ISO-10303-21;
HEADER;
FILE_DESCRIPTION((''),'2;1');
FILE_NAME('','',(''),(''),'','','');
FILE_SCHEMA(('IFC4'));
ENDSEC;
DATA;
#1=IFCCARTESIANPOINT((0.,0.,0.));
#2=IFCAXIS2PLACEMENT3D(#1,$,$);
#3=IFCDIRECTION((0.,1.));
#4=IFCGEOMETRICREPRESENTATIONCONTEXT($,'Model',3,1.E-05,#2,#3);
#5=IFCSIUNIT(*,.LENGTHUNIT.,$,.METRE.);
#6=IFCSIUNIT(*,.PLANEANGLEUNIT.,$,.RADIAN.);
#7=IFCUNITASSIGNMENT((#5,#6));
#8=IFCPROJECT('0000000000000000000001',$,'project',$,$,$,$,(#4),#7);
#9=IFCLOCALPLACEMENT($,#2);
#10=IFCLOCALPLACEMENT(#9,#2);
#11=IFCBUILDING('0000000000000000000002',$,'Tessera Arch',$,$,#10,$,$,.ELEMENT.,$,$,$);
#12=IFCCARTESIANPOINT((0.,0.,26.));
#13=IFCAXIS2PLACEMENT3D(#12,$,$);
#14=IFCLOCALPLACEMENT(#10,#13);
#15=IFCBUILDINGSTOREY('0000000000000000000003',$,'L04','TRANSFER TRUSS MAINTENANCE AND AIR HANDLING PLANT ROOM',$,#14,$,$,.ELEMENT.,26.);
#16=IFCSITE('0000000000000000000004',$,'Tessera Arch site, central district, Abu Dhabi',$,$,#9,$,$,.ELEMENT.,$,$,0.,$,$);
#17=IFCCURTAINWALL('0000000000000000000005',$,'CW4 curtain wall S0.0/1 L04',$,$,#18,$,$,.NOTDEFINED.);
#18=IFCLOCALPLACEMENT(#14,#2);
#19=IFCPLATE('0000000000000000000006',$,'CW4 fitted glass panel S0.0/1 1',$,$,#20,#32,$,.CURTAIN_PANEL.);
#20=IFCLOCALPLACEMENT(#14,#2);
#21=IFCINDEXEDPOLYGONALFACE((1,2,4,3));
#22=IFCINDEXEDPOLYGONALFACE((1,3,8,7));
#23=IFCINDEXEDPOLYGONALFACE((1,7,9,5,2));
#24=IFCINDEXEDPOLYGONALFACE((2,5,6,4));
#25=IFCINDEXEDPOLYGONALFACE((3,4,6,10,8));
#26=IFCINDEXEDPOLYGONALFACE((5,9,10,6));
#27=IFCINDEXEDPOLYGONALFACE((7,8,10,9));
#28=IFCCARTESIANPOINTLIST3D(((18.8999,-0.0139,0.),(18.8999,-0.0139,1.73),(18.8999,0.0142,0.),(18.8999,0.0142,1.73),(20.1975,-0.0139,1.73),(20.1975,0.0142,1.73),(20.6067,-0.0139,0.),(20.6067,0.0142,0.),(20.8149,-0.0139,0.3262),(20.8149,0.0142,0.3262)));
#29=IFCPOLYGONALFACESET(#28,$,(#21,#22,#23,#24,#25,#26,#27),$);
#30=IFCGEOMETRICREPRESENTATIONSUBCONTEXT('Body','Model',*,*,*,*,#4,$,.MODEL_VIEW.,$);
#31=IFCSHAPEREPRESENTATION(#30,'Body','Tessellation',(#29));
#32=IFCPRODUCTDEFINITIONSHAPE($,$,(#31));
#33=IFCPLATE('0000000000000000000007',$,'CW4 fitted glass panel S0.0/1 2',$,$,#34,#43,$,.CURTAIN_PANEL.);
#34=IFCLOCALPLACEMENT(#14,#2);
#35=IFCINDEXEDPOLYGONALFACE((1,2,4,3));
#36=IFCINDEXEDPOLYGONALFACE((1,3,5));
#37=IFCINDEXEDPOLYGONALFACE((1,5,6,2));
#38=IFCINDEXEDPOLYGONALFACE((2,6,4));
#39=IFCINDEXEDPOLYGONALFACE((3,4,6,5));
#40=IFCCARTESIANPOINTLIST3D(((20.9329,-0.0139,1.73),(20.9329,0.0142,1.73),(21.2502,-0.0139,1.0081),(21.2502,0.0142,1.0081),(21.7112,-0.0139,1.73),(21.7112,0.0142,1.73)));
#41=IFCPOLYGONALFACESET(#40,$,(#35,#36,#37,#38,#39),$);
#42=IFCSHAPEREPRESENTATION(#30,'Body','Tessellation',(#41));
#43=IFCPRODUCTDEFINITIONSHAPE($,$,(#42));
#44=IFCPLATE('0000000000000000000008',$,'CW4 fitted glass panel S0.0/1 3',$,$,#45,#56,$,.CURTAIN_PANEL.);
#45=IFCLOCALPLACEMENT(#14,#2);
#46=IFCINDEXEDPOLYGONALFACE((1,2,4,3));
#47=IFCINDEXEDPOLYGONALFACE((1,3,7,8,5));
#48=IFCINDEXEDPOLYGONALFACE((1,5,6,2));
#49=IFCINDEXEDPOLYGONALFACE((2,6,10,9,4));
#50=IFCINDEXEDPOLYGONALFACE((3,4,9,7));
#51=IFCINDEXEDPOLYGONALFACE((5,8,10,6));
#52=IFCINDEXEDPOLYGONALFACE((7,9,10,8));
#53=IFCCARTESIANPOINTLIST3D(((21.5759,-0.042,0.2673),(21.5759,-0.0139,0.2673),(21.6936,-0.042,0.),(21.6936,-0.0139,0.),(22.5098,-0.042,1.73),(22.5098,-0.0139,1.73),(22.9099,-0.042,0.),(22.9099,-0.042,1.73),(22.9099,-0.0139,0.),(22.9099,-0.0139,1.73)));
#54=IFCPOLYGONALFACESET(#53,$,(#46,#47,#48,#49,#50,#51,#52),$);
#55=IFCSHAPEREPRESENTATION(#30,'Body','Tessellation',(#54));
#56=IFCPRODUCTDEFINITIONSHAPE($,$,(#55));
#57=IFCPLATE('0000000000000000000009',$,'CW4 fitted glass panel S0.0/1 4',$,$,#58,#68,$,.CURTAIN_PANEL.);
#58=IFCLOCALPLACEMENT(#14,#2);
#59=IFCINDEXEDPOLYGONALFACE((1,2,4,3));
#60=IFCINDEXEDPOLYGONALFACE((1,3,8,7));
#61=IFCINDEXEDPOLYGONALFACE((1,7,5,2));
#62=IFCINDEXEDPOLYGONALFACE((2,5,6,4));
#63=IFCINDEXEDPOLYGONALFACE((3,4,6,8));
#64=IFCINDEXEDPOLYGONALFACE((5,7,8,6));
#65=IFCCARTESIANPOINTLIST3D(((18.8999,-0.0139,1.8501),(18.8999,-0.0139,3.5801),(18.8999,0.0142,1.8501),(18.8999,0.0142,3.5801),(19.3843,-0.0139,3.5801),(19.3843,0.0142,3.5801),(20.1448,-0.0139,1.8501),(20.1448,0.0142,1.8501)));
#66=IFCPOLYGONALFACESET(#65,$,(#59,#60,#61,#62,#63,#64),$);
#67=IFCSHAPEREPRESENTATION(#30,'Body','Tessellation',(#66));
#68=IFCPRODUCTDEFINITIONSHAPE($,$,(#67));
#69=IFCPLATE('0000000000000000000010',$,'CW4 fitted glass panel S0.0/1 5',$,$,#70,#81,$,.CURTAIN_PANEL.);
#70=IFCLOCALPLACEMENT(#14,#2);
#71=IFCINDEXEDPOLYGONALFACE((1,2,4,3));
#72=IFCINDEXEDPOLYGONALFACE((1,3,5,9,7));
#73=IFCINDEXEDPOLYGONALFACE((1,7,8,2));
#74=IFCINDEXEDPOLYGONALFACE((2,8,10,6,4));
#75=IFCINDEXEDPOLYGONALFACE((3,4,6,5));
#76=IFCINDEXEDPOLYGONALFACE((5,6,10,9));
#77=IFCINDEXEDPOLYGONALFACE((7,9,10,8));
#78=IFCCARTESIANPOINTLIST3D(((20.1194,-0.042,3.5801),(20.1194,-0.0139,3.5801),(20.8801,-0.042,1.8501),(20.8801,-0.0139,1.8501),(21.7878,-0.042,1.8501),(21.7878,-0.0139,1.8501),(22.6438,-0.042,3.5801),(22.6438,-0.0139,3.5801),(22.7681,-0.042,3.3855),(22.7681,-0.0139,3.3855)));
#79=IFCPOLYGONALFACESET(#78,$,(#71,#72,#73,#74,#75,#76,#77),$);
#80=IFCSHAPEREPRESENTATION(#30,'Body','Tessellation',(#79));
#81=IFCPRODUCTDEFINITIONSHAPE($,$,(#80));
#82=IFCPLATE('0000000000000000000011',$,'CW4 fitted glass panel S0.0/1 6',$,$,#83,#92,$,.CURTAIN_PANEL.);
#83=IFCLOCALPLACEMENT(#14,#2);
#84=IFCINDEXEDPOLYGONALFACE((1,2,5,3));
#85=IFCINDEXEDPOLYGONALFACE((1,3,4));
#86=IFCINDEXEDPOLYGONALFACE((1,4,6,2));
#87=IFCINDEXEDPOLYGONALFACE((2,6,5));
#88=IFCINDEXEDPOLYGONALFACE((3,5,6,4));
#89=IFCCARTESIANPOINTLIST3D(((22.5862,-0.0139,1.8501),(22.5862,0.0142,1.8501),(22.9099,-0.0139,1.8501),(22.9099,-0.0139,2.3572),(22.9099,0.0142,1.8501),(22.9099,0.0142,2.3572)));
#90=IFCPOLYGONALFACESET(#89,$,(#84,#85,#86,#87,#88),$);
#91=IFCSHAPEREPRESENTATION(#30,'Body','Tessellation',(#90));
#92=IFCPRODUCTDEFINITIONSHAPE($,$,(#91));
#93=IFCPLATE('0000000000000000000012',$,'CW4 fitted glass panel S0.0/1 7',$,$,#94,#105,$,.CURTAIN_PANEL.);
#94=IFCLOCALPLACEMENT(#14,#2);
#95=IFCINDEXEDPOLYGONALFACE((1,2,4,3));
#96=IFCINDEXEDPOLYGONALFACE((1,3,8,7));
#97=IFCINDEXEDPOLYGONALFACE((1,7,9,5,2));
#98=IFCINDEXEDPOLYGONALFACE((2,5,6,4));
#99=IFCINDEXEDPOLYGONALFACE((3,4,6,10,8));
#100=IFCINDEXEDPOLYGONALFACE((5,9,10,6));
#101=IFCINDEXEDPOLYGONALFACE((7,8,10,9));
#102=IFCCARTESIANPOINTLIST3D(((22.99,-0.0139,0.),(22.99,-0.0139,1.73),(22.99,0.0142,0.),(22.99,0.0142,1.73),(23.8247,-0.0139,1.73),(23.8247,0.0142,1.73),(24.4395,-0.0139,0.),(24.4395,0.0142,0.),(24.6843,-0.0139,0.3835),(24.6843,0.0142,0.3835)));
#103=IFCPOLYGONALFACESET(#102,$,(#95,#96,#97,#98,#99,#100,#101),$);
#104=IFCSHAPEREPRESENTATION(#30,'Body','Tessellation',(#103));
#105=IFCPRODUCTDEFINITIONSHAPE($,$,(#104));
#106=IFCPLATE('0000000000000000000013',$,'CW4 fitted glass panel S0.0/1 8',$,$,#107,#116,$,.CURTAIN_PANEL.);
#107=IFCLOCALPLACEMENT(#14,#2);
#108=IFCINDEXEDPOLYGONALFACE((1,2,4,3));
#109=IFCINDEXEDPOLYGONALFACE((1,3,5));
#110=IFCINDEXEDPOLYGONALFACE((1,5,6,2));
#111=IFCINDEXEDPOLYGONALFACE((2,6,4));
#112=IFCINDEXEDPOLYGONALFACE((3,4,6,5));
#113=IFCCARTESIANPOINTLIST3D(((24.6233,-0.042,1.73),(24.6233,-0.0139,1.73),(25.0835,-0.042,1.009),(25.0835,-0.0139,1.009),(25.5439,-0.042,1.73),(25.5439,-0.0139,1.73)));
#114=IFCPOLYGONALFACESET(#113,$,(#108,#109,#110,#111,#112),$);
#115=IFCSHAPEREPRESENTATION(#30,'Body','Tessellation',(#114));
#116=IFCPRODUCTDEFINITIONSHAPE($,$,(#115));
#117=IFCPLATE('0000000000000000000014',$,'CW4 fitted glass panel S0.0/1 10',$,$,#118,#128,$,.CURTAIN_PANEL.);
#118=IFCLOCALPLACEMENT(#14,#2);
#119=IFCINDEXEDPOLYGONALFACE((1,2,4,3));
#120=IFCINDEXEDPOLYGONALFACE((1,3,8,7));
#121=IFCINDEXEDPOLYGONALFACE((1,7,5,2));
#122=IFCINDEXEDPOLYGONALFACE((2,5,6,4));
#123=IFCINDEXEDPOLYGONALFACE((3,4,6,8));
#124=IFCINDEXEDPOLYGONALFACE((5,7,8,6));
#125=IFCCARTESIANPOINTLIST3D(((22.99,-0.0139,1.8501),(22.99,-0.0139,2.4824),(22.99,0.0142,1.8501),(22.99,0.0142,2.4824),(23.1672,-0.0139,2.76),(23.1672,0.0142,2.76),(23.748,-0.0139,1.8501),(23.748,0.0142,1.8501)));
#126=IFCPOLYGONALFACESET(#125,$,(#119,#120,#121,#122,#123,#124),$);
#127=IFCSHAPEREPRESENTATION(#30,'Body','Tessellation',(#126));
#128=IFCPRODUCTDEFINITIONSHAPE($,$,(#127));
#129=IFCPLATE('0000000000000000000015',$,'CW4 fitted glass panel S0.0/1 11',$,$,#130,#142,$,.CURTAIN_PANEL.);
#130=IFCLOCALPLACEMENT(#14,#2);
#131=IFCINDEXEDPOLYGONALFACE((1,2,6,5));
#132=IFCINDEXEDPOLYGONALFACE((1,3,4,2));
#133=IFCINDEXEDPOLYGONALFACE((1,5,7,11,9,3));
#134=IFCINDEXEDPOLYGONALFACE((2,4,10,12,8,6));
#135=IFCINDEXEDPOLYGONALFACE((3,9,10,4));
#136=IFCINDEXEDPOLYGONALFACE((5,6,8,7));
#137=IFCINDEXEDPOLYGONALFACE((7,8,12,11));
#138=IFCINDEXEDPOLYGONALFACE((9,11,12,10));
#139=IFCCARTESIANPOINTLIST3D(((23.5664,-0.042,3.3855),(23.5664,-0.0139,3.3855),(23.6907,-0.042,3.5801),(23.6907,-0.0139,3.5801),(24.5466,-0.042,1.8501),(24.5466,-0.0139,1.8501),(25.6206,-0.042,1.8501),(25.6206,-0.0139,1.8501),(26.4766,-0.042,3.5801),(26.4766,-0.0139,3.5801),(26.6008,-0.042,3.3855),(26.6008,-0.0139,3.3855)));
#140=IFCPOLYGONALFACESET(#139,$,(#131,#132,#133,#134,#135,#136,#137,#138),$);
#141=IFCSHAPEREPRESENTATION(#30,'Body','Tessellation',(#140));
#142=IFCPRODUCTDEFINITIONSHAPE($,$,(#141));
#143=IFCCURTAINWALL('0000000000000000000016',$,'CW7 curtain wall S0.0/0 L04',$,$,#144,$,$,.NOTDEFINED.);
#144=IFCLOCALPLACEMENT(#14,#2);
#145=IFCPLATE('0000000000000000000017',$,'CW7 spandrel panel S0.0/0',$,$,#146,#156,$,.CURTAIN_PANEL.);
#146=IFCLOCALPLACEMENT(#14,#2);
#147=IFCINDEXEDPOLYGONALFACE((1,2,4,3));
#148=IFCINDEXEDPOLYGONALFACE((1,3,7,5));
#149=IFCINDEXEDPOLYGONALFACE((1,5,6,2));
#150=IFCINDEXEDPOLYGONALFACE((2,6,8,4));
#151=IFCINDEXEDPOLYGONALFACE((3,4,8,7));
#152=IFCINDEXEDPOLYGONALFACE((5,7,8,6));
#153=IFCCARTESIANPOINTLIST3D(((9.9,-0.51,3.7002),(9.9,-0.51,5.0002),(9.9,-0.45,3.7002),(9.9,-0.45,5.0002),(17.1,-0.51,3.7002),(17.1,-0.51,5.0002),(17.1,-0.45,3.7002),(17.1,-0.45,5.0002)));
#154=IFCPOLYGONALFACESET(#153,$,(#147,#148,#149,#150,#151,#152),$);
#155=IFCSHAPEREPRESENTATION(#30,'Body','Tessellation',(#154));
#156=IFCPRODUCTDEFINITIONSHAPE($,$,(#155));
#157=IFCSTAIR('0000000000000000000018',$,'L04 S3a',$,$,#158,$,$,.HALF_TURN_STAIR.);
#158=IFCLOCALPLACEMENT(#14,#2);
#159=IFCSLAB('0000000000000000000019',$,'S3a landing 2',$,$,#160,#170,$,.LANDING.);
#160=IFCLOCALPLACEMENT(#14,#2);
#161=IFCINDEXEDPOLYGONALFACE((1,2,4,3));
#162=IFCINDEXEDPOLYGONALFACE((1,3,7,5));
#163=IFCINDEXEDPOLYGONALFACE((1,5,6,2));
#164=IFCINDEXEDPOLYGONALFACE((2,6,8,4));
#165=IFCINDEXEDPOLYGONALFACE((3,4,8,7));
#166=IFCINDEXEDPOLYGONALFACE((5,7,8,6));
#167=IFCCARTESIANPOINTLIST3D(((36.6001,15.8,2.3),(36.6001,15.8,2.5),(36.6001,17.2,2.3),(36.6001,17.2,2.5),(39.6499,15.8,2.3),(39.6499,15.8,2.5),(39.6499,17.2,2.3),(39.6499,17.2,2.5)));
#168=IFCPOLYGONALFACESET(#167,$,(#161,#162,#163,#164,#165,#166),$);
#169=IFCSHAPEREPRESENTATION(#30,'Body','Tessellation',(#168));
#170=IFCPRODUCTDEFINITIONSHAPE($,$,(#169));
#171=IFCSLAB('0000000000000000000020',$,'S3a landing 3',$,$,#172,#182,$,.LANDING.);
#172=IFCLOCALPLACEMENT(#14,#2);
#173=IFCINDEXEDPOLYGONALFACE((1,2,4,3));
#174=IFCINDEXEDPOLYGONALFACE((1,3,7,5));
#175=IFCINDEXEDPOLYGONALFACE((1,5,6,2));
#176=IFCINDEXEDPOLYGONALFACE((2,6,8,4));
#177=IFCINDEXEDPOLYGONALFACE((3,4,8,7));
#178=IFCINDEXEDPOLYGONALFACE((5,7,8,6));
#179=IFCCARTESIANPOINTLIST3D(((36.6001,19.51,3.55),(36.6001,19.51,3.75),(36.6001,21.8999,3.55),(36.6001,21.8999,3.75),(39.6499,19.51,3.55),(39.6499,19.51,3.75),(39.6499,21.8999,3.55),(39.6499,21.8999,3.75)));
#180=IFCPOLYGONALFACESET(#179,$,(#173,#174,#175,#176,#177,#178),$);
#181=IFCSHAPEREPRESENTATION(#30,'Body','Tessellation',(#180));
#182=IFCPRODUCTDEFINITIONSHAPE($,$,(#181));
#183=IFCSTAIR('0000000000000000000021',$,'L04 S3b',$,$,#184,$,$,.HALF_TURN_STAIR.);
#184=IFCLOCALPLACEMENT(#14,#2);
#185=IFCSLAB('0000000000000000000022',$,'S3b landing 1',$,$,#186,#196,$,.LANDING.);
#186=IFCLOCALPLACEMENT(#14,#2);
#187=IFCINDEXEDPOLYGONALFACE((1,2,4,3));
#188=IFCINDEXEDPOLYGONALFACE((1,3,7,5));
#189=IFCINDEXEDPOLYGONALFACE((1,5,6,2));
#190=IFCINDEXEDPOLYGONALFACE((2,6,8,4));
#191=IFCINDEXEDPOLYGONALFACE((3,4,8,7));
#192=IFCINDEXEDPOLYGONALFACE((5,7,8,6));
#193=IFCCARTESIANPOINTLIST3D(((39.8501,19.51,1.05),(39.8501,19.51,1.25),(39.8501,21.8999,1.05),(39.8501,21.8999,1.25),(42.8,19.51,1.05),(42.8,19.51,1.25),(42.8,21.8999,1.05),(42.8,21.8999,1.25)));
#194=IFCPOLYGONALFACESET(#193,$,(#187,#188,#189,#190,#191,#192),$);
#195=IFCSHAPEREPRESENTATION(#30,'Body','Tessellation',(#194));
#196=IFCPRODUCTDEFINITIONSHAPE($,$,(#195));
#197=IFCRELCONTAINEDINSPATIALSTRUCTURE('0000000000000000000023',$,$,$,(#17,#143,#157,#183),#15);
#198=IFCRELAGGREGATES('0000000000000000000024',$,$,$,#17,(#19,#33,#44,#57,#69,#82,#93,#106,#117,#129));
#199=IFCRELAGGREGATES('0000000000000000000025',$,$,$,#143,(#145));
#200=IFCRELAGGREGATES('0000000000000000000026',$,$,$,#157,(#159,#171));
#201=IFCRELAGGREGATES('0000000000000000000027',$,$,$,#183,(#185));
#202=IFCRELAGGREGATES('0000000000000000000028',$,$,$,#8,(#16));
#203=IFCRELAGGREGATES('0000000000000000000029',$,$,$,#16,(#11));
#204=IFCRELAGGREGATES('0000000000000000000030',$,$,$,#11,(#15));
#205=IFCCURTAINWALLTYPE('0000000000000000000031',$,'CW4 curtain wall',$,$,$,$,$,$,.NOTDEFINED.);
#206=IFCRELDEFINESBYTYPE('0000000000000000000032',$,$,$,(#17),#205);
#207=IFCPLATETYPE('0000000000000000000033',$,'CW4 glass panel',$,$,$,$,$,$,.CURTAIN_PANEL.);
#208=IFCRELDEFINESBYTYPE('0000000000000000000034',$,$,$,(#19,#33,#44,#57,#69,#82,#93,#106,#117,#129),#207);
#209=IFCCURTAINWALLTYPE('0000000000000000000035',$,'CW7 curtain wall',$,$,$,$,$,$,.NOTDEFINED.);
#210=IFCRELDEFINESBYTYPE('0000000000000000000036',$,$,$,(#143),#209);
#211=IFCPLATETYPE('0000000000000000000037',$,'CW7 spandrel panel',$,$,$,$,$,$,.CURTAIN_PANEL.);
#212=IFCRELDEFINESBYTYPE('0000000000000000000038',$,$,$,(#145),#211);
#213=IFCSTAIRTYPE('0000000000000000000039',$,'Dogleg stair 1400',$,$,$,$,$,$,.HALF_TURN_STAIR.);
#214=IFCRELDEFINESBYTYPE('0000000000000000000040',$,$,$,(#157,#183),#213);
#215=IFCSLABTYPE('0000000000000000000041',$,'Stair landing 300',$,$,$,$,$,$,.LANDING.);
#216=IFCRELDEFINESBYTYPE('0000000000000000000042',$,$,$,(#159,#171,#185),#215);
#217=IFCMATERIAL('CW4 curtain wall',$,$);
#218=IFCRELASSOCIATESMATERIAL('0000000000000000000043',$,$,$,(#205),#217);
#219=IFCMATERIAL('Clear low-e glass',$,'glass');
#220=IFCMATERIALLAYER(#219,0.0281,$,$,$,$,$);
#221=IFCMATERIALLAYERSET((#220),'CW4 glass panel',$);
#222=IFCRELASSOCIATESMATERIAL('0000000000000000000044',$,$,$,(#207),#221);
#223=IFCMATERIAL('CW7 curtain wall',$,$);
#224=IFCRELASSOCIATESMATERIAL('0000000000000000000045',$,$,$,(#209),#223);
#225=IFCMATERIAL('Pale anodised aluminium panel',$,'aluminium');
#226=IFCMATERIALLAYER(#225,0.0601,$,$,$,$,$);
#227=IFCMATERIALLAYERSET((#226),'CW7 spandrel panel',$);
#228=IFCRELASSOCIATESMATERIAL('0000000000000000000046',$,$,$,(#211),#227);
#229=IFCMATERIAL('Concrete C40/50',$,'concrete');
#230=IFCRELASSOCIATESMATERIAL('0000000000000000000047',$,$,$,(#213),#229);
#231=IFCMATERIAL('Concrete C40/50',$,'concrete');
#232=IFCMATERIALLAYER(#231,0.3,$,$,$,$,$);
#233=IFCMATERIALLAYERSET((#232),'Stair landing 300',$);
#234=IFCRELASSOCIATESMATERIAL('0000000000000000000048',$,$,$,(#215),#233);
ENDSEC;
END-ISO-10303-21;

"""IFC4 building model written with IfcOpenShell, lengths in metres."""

from ifc_helpers import new_model, si_unit, direction, frame, origin, origin_2d, place, context, subcontext, project, spatial, polyline, rectangle, outline, extrude, material, layer, layer_set, type_object, element, aggregate, save


model = new_model("IFC4")

# Units and contexts
model_context = context("Model", 3, precision=1e-05, world=origin(), true_north=direction((0.0, 1.0)))
body_context = subcontext(model_context, "Body", "Model", "MODEL_VIEW")
ifc_project = project(units=[si_unit("LENGTHUNIT", "METRE"), si_unit("PLANEANGLEUNIT", "RADIAN")], contexts=[model_context])

# Site, building, storey
site_placement = place(None, origin())
site = spatial("IfcSite", under=ifc_project, at=site_placement, Name="Tessera Arch site, central district, Abu Dhabi", CompositionType="ELEMENT", RefElevation=0.0)
building_placement = place(site_placement, origin())
building = spatial("IfcBuilding", under=site, at=building_placement, Name="Tessera Arch", CompositionType="ELEMENT")
storey_placement = place(building_placement, frame((0.0, 0.0, 26.0)))
storey = spatial("IfcBuildingStorey", under=building, at=storey_placement, Name="L04", Description="TRANSFER TRUSS MAINTENANCE AND AIR HANDLING PLANT ROOM", CompositionType="ELEMENT", Elevation=26.0)

# Curtain wall, plates
ifc_material_1 = material(Name="CW4 curtain wall")
curtain_wall_type_1 = type_object("IfcCurtainWallType", Name="CW4 curtain wall", PredefinedType="NOTDEFINED", material=ifc_material_1)
curtain_wall_1_placement = place(storey_placement, origin())
curtain_wall_1 = element("IfcCurtainWall", 1, at=curtain_wall_1_placement, inside=storey, type_object=curtain_wall_type_1, Name="CW4 curtain wall S0.0/1 L04", PredefinedType="NOTDEFINED")
ifc_material_2 = material(Name="Clear low-e glass", Category="glass")
ifc_layer_1 = layer(ifc_material_2, 0.0281)
ifc_layer_set_1 = layer_set([ifc_layer_1], Name="CW4 glass panel")
plate_type_1 = type_object("IfcPlateType", Name="CW4 glass panel", PredefinedType="CURTAIN_PANEL", material=ifc_layer_set_1)
plate_1_placement = place(storey_placement, frame((18.8999, -0.0139, 0.0), z_axis=(0.0, -1.0, 0.0), x_axis=(1.0, 0.0, 0.0)))
plate_1 = element("IfcPlate", 2, at=plate_1_placement, type_object=plate_type_1, Name="CW4 fitted glass panel S0.0/1 1", PredefinedType="CURTAIN_PANEL", context=body_context, shape_type="SweptSolid", body=[
    extrude(outline(polyline([(0.0, 0.0), (1.7068, 0.0), (1.915, 0.3262), (1.2976, 1.73), (0.0, 1.73), (0.0, 0.0)])), origin(), (0.0, 0.0, -1.0), 0.0281),
])
plate_2_placement = place(storey_placement, frame((21.7112, -0.0139, 1.73), z_axis=(0.0, -1.0, 0.0), x_axis=(-1.0, 0.0, 0.0)))
plate_2 = element("IfcPlate", 3, at=plate_2_placement, type_object=plate_type_1, Name="CW4 fitted glass panel S0.0/1 2", PredefinedType="CURTAIN_PANEL", context=body_context, shape_type="SweptSolid", body=[
    extrude(outline(polyline([(0.0, 0.0), (0.7783, 0.0), (0.4609, 0.7219), (0.0, 0.0)])), origin(), (0.0, 0.0, -1.0), 0.0281),
])
plate_3_placement = place(storey_placement, frame((22.9099, -0.042, 1.73), z_axis=(0.0, -1.0, 0.0), x_axis=(-1.0, 0.0, 0.0)))
plate_3 = element("IfcPlate", 4, at=plate_3_placement, type_object=plate_type_1, Name="CW4 fitted glass panel S0.0/1 3", PredefinedType="CURTAIN_PANEL", context=body_context, shape_type="SweptSolid", body=[
    extrude(outline(polyline([(0.0, 0.0), (0.4001, 0.0), (1.334, 1.4626), (1.2163, 1.73), (0.0, 1.73), (0.0, 0.0)])), origin(), (0.0, 0.0, -1.0), 0.0281),
])
plate_4_placement = place(storey_placement, frame((18.8999, -0.0139, 1.8501), z_axis=(0.0, -1.0, 0.0), x_axis=(1.0, 0.0, 0.0)))
plate_4 = element("IfcPlate", 5, at=plate_4_placement, type_object=plate_type_1, Name="CW4 fitted glass panel S0.0/1 4", PredefinedType="CURTAIN_PANEL", context=body_context, shape_type="SweptSolid", body=[
    extrude(outline(polyline([(0.0, 0.0), (1.2449, 0.0), (0.4844, 1.73), (0.0, 1.73), (0.0, 0.0)])), origin(), (0.0, 0.0, -1.0), 0.0281),
])
plate_5_placement = place(storey_placement, frame((22.6438, -0.042, 3.5801), z_axis=(0.0, -1.0, 0.0), x_axis=(-1.0, 0.0, 0.0)))
plate_5 = element("IfcPlate", 6, at=plate_5_placement, type_object=plate_type_1, Name="CW4 fitted glass panel S0.0/1 5", PredefinedType="CURTAIN_PANEL", context=body_context, shape_type="SweptSolid", body=[
    extrude(outline(polyline([(0.0, 0.0), (2.5244, 0.0), (1.7637, 1.73), (0.856, 1.73), (-0.1243, 0.1946), (0.0, 0.0)])), origin(), (0.0, 0.0, -1.0), 0.0281),
])
plate_6_placement = place(storey_placement, frame((22.9099, -0.0139, 1.8501), z_axis=(0.0, -1.0, 0.0), x_axis=(0.0, 0.0, 1.0)))
plate_6 = element("IfcPlate", 7, at=plate_6_placement, type_object=plate_type_1, Name="CW4 fitted glass panel S0.0/1 6", PredefinedType="CURTAIN_PANEL", context=body_context, shape_type="SweptSolid", body=[
    extrude(outline(polyline([(0.0, 0.0), (0.5071, 0.0), (0.0, 0.3237), (0.0, 0.0)])), origin(), (0.0, 0.0, -1.0), 0.0281),
])
plate_7_placement = place(storey_placement, frame((22.99, -0.0139, 0.0), z_axis=(0.0, -1.0, 0.0), x_axis=(1.0, 0.0, 0.0)))
plate_7 = element("IfcPlate", 8, at=plate_7_placement, type_object=plate_type_1, Name="CW4 fitted glass panel S0.0/1 7", PredefinedType="CURTAIN_PANEL", context=body_context, shape_type="SweptSolid", body=[
    extrude(outline(polyline([(0.0, 0.0), (1.4495, 0.0), (1.6943, 0.3835), (0.8347, 1.73), (0.0, 1.73), (0.0, 0.0)])), origin(), (0.0, 0.0, -1.0), 0.0281),
])
plate_8_placement = place(storey_placement, frame((25.5439, -0.042, 1.73), z_axis=(0.0, -1.0, 0.0), x_axis=(-1.0, 0.0, 0.0)))
plate_8 = element("IfcPlate", 9, at=plate_8_placement, type_object=plate_type_1, Name="CW4 fitted glass panel S0.0/1 8", PredefinedType="CURTAIN_PANEL", context=body_context, shape_type="SweptSolid", body=[
    extrude(outline(polyline([(0.0, 0.0), (0.9207, 0.0), (0.4604, 0.7209), (0.0, 0.0)])), origin(), (0.0, 0.0, -1.0), 0.0281),
])
plate_9_placement = place(storey_placement, frame((22.99, -0.0139, 1.8501), z_axis=(0.0, -1.0, 0.0), x_axis=(1.0, 0.0, 0.0)))
plate_9 = element("IfcPlate", 10, at=plate_9_placement, type_object=plate_type_1, Name="CW4 fitted glass panel S0.0/1 10", PredefinedType="CURTAIN_PANEL", context=body_context, shape_type="SweptSolid", body=[
    extrude(outline(polyline([(0.0, 0.0), (0.7581, 0.0), (0.1772, 0.9099), (0.0, 0.6323), (0.0, 0.0)])), origin(), (0.0, 0.0, -1.0), 0.0281),
])
plate_10_placement = place(storey_placement, frame((26.4766, -0.042, 3.5801), z_axis=(0.0, -1.0, 0.0), x_axis=(-1.0, 0.0, 0.0)))
plate_10 = element("IfcPlate", 11, at=plate_10_placement, type_object=plate_type_1, Name="CW4 fitted glass panel S0.0/1 11", PredefinedType="CURTAIN_PANEL", context=body_context, shape_type="SweptSolid", body=[
    extrude(outline(polyline([(0.0, 0.0), (2.7859, 0.0), (2.9102, 0.1946), (1.9299, 1.73), (0.856, 1.73), (-0.1243, 0.1946), (0.0, 0.0)])), origin(), (0.0, 0.0, -1.0), 0.0281),
])
aggregate(curtain_wall_1, [plate_1, plate_2, plate_3, plate_4, plate_5, plate_6, plate_7, plate_8, plate_9, plate_10])

# Curtain wall, plate
ifc_material_3 = material(Name="CW7 curtain wall")
curtain_wall_type_2 = type_object("IfcCurtainWallType", Name="CW7 curtain wall", PredefinedType="NOTDEFINED", material=ifc_material_3)
curtain_wall_2_placement = place(storey_placement, origin())
curtain_wall_2 = element("IfcCurtainWall", 12, at=curtain_wall_2_placement, inside=storey, type_object=curtain_wall_type_2, Name="CW7 curtain wall S0.0/0 L04", PredefinedType="NOTDEFINED")
ifc_material_4 = material(Name="Pale anodised aluminium panel", Category="aluminium")
ifc_layer_2 = layer(ifc_material_4, 0.0601)
ifc_layer_set_2 = layer_set([ifc_layer_2], Name="CW7 spandrel panel")
plate_type_2 = type_object("IfcPlateType", Name="CW7 spandrel panel", PredefinedType="CURTAIN_PANEL", material=ifc_layer_set_2)
plate_11_placement = place(storey_placement, frame((13.5, -0.48, 3.7002), z_axis=(0.0, 0.0, 1.0), x_axis=(1.0, 0.0, 0.0)))
plate_11 = element("IfcPlate", 13, at=plate_11_placement, type_object=plate_type_2, Name="CW7 spandrel panel S0.0/0", PredefinedType="CURTAIN_PANEL", context=body_context, shape_type="SweptSolid", body=[
    extrude(rectangle(XDim=7.2, YDim=0.0601, at=origin_2d()), origin(), (0.0, 0.0, 1.0), 1.3),
])
aggregate(curtain_wall_2, [plate_11])

# Stairs, slabs
ifc_material_5 = material(Name="Concrete C40/50", Category="concrete")
stair_type = type_object("IfcStairType", Name="Dogleg stair 1400", PredefinedType="HALF_TURN_STAIR", material=ifc_material_5)
stair_1_placement = place(storey_placement, origin())
stair_1 = element("IfcStair", 14, at=stair_1_placement, inside=storey, type_object=stair_type, Name="L04 S3a", PredefinedType="HALF_TURN_STAIR")
ifc_material_6 = material(Name="Concrete C40/50", Category="concrete")
ifc_layer_3 = layer(ifc_material_6, 0.3)
ifc_layer_set_3 = layer_set([ifc_layer_3], Name="Stair landing 300")
slab_type = type_object("IfcSlabType", Name="Stair landing 300", PredefinedType="LANDING", material=ifc_layer_set_3)
slab_1_placement = place(storey_placement, frame((0.0, 0.0, 2.3)))
slab_1 = element("IfcSlab", 15, at=slab_1_placement, type_object=slab_type, Name="S3a landing 2", PredefinedType="LANDING", context=body_context, shape_type="SweptSolid", body=[
    extrude(outline(polyline([(39.6499, 15.8), (39.6499, 17.2), (36.6001, 17.2), (36.6001, 15.8), (39.6499, 15.8)])), origin(), (0.0, 0.0, 1.0), 0.2),
])
slab_2_placement = place(storey_placement, frame((0.0, 0.0, 3.55)))
slab_2 = element("IfcSlab", 16, at=slab_2_placement, type_object=slab_type, Name="S3a landing 3", PredefinedType="LANDING", context=body_context, shape_type="SweptSolid", body=[
    extrude(outline(polyline([(39.6499, 19.51), (39.6499, 21.8999), (36.6001, 21.8999), (36.6001, 19.51), (39.6499, 19.51)])), origin(), (0.0, 0.0, 1.0), 0.2),
])
aggregate(stair_1, [slab_1, slab_2])
stair_2_placement = place(storey_placement, origin())
stair_2 = element("IfcStair", 17, at=stair_2_placement, inside=storey, type_object=stair_type, Name="L04 S3b", PredefinedType="HALF_TURN_STAIR")
slab_3_placement = place(storey_placement, frame((0.0, 0.0, 1.05)))
slab_3 = element("IfcSlab", 18, at=slab_3_placement, type_object=slab_type, Name="S3b landing 1", PredefinedType="LANDING", context=body_context, shape_type="SweptSolid", body=[
    extrude(outline(polyline([(42.8, 19.51), (42.8, 21.8999), (39.8501, 21.8999), (39.8501, 19.51), (42.8, 19.51)])), origin(), (0.0, 0.0, 1.0), 0.2),
])
aggregate(stair_2, [slab_3])

save(model, "model.ifc")
